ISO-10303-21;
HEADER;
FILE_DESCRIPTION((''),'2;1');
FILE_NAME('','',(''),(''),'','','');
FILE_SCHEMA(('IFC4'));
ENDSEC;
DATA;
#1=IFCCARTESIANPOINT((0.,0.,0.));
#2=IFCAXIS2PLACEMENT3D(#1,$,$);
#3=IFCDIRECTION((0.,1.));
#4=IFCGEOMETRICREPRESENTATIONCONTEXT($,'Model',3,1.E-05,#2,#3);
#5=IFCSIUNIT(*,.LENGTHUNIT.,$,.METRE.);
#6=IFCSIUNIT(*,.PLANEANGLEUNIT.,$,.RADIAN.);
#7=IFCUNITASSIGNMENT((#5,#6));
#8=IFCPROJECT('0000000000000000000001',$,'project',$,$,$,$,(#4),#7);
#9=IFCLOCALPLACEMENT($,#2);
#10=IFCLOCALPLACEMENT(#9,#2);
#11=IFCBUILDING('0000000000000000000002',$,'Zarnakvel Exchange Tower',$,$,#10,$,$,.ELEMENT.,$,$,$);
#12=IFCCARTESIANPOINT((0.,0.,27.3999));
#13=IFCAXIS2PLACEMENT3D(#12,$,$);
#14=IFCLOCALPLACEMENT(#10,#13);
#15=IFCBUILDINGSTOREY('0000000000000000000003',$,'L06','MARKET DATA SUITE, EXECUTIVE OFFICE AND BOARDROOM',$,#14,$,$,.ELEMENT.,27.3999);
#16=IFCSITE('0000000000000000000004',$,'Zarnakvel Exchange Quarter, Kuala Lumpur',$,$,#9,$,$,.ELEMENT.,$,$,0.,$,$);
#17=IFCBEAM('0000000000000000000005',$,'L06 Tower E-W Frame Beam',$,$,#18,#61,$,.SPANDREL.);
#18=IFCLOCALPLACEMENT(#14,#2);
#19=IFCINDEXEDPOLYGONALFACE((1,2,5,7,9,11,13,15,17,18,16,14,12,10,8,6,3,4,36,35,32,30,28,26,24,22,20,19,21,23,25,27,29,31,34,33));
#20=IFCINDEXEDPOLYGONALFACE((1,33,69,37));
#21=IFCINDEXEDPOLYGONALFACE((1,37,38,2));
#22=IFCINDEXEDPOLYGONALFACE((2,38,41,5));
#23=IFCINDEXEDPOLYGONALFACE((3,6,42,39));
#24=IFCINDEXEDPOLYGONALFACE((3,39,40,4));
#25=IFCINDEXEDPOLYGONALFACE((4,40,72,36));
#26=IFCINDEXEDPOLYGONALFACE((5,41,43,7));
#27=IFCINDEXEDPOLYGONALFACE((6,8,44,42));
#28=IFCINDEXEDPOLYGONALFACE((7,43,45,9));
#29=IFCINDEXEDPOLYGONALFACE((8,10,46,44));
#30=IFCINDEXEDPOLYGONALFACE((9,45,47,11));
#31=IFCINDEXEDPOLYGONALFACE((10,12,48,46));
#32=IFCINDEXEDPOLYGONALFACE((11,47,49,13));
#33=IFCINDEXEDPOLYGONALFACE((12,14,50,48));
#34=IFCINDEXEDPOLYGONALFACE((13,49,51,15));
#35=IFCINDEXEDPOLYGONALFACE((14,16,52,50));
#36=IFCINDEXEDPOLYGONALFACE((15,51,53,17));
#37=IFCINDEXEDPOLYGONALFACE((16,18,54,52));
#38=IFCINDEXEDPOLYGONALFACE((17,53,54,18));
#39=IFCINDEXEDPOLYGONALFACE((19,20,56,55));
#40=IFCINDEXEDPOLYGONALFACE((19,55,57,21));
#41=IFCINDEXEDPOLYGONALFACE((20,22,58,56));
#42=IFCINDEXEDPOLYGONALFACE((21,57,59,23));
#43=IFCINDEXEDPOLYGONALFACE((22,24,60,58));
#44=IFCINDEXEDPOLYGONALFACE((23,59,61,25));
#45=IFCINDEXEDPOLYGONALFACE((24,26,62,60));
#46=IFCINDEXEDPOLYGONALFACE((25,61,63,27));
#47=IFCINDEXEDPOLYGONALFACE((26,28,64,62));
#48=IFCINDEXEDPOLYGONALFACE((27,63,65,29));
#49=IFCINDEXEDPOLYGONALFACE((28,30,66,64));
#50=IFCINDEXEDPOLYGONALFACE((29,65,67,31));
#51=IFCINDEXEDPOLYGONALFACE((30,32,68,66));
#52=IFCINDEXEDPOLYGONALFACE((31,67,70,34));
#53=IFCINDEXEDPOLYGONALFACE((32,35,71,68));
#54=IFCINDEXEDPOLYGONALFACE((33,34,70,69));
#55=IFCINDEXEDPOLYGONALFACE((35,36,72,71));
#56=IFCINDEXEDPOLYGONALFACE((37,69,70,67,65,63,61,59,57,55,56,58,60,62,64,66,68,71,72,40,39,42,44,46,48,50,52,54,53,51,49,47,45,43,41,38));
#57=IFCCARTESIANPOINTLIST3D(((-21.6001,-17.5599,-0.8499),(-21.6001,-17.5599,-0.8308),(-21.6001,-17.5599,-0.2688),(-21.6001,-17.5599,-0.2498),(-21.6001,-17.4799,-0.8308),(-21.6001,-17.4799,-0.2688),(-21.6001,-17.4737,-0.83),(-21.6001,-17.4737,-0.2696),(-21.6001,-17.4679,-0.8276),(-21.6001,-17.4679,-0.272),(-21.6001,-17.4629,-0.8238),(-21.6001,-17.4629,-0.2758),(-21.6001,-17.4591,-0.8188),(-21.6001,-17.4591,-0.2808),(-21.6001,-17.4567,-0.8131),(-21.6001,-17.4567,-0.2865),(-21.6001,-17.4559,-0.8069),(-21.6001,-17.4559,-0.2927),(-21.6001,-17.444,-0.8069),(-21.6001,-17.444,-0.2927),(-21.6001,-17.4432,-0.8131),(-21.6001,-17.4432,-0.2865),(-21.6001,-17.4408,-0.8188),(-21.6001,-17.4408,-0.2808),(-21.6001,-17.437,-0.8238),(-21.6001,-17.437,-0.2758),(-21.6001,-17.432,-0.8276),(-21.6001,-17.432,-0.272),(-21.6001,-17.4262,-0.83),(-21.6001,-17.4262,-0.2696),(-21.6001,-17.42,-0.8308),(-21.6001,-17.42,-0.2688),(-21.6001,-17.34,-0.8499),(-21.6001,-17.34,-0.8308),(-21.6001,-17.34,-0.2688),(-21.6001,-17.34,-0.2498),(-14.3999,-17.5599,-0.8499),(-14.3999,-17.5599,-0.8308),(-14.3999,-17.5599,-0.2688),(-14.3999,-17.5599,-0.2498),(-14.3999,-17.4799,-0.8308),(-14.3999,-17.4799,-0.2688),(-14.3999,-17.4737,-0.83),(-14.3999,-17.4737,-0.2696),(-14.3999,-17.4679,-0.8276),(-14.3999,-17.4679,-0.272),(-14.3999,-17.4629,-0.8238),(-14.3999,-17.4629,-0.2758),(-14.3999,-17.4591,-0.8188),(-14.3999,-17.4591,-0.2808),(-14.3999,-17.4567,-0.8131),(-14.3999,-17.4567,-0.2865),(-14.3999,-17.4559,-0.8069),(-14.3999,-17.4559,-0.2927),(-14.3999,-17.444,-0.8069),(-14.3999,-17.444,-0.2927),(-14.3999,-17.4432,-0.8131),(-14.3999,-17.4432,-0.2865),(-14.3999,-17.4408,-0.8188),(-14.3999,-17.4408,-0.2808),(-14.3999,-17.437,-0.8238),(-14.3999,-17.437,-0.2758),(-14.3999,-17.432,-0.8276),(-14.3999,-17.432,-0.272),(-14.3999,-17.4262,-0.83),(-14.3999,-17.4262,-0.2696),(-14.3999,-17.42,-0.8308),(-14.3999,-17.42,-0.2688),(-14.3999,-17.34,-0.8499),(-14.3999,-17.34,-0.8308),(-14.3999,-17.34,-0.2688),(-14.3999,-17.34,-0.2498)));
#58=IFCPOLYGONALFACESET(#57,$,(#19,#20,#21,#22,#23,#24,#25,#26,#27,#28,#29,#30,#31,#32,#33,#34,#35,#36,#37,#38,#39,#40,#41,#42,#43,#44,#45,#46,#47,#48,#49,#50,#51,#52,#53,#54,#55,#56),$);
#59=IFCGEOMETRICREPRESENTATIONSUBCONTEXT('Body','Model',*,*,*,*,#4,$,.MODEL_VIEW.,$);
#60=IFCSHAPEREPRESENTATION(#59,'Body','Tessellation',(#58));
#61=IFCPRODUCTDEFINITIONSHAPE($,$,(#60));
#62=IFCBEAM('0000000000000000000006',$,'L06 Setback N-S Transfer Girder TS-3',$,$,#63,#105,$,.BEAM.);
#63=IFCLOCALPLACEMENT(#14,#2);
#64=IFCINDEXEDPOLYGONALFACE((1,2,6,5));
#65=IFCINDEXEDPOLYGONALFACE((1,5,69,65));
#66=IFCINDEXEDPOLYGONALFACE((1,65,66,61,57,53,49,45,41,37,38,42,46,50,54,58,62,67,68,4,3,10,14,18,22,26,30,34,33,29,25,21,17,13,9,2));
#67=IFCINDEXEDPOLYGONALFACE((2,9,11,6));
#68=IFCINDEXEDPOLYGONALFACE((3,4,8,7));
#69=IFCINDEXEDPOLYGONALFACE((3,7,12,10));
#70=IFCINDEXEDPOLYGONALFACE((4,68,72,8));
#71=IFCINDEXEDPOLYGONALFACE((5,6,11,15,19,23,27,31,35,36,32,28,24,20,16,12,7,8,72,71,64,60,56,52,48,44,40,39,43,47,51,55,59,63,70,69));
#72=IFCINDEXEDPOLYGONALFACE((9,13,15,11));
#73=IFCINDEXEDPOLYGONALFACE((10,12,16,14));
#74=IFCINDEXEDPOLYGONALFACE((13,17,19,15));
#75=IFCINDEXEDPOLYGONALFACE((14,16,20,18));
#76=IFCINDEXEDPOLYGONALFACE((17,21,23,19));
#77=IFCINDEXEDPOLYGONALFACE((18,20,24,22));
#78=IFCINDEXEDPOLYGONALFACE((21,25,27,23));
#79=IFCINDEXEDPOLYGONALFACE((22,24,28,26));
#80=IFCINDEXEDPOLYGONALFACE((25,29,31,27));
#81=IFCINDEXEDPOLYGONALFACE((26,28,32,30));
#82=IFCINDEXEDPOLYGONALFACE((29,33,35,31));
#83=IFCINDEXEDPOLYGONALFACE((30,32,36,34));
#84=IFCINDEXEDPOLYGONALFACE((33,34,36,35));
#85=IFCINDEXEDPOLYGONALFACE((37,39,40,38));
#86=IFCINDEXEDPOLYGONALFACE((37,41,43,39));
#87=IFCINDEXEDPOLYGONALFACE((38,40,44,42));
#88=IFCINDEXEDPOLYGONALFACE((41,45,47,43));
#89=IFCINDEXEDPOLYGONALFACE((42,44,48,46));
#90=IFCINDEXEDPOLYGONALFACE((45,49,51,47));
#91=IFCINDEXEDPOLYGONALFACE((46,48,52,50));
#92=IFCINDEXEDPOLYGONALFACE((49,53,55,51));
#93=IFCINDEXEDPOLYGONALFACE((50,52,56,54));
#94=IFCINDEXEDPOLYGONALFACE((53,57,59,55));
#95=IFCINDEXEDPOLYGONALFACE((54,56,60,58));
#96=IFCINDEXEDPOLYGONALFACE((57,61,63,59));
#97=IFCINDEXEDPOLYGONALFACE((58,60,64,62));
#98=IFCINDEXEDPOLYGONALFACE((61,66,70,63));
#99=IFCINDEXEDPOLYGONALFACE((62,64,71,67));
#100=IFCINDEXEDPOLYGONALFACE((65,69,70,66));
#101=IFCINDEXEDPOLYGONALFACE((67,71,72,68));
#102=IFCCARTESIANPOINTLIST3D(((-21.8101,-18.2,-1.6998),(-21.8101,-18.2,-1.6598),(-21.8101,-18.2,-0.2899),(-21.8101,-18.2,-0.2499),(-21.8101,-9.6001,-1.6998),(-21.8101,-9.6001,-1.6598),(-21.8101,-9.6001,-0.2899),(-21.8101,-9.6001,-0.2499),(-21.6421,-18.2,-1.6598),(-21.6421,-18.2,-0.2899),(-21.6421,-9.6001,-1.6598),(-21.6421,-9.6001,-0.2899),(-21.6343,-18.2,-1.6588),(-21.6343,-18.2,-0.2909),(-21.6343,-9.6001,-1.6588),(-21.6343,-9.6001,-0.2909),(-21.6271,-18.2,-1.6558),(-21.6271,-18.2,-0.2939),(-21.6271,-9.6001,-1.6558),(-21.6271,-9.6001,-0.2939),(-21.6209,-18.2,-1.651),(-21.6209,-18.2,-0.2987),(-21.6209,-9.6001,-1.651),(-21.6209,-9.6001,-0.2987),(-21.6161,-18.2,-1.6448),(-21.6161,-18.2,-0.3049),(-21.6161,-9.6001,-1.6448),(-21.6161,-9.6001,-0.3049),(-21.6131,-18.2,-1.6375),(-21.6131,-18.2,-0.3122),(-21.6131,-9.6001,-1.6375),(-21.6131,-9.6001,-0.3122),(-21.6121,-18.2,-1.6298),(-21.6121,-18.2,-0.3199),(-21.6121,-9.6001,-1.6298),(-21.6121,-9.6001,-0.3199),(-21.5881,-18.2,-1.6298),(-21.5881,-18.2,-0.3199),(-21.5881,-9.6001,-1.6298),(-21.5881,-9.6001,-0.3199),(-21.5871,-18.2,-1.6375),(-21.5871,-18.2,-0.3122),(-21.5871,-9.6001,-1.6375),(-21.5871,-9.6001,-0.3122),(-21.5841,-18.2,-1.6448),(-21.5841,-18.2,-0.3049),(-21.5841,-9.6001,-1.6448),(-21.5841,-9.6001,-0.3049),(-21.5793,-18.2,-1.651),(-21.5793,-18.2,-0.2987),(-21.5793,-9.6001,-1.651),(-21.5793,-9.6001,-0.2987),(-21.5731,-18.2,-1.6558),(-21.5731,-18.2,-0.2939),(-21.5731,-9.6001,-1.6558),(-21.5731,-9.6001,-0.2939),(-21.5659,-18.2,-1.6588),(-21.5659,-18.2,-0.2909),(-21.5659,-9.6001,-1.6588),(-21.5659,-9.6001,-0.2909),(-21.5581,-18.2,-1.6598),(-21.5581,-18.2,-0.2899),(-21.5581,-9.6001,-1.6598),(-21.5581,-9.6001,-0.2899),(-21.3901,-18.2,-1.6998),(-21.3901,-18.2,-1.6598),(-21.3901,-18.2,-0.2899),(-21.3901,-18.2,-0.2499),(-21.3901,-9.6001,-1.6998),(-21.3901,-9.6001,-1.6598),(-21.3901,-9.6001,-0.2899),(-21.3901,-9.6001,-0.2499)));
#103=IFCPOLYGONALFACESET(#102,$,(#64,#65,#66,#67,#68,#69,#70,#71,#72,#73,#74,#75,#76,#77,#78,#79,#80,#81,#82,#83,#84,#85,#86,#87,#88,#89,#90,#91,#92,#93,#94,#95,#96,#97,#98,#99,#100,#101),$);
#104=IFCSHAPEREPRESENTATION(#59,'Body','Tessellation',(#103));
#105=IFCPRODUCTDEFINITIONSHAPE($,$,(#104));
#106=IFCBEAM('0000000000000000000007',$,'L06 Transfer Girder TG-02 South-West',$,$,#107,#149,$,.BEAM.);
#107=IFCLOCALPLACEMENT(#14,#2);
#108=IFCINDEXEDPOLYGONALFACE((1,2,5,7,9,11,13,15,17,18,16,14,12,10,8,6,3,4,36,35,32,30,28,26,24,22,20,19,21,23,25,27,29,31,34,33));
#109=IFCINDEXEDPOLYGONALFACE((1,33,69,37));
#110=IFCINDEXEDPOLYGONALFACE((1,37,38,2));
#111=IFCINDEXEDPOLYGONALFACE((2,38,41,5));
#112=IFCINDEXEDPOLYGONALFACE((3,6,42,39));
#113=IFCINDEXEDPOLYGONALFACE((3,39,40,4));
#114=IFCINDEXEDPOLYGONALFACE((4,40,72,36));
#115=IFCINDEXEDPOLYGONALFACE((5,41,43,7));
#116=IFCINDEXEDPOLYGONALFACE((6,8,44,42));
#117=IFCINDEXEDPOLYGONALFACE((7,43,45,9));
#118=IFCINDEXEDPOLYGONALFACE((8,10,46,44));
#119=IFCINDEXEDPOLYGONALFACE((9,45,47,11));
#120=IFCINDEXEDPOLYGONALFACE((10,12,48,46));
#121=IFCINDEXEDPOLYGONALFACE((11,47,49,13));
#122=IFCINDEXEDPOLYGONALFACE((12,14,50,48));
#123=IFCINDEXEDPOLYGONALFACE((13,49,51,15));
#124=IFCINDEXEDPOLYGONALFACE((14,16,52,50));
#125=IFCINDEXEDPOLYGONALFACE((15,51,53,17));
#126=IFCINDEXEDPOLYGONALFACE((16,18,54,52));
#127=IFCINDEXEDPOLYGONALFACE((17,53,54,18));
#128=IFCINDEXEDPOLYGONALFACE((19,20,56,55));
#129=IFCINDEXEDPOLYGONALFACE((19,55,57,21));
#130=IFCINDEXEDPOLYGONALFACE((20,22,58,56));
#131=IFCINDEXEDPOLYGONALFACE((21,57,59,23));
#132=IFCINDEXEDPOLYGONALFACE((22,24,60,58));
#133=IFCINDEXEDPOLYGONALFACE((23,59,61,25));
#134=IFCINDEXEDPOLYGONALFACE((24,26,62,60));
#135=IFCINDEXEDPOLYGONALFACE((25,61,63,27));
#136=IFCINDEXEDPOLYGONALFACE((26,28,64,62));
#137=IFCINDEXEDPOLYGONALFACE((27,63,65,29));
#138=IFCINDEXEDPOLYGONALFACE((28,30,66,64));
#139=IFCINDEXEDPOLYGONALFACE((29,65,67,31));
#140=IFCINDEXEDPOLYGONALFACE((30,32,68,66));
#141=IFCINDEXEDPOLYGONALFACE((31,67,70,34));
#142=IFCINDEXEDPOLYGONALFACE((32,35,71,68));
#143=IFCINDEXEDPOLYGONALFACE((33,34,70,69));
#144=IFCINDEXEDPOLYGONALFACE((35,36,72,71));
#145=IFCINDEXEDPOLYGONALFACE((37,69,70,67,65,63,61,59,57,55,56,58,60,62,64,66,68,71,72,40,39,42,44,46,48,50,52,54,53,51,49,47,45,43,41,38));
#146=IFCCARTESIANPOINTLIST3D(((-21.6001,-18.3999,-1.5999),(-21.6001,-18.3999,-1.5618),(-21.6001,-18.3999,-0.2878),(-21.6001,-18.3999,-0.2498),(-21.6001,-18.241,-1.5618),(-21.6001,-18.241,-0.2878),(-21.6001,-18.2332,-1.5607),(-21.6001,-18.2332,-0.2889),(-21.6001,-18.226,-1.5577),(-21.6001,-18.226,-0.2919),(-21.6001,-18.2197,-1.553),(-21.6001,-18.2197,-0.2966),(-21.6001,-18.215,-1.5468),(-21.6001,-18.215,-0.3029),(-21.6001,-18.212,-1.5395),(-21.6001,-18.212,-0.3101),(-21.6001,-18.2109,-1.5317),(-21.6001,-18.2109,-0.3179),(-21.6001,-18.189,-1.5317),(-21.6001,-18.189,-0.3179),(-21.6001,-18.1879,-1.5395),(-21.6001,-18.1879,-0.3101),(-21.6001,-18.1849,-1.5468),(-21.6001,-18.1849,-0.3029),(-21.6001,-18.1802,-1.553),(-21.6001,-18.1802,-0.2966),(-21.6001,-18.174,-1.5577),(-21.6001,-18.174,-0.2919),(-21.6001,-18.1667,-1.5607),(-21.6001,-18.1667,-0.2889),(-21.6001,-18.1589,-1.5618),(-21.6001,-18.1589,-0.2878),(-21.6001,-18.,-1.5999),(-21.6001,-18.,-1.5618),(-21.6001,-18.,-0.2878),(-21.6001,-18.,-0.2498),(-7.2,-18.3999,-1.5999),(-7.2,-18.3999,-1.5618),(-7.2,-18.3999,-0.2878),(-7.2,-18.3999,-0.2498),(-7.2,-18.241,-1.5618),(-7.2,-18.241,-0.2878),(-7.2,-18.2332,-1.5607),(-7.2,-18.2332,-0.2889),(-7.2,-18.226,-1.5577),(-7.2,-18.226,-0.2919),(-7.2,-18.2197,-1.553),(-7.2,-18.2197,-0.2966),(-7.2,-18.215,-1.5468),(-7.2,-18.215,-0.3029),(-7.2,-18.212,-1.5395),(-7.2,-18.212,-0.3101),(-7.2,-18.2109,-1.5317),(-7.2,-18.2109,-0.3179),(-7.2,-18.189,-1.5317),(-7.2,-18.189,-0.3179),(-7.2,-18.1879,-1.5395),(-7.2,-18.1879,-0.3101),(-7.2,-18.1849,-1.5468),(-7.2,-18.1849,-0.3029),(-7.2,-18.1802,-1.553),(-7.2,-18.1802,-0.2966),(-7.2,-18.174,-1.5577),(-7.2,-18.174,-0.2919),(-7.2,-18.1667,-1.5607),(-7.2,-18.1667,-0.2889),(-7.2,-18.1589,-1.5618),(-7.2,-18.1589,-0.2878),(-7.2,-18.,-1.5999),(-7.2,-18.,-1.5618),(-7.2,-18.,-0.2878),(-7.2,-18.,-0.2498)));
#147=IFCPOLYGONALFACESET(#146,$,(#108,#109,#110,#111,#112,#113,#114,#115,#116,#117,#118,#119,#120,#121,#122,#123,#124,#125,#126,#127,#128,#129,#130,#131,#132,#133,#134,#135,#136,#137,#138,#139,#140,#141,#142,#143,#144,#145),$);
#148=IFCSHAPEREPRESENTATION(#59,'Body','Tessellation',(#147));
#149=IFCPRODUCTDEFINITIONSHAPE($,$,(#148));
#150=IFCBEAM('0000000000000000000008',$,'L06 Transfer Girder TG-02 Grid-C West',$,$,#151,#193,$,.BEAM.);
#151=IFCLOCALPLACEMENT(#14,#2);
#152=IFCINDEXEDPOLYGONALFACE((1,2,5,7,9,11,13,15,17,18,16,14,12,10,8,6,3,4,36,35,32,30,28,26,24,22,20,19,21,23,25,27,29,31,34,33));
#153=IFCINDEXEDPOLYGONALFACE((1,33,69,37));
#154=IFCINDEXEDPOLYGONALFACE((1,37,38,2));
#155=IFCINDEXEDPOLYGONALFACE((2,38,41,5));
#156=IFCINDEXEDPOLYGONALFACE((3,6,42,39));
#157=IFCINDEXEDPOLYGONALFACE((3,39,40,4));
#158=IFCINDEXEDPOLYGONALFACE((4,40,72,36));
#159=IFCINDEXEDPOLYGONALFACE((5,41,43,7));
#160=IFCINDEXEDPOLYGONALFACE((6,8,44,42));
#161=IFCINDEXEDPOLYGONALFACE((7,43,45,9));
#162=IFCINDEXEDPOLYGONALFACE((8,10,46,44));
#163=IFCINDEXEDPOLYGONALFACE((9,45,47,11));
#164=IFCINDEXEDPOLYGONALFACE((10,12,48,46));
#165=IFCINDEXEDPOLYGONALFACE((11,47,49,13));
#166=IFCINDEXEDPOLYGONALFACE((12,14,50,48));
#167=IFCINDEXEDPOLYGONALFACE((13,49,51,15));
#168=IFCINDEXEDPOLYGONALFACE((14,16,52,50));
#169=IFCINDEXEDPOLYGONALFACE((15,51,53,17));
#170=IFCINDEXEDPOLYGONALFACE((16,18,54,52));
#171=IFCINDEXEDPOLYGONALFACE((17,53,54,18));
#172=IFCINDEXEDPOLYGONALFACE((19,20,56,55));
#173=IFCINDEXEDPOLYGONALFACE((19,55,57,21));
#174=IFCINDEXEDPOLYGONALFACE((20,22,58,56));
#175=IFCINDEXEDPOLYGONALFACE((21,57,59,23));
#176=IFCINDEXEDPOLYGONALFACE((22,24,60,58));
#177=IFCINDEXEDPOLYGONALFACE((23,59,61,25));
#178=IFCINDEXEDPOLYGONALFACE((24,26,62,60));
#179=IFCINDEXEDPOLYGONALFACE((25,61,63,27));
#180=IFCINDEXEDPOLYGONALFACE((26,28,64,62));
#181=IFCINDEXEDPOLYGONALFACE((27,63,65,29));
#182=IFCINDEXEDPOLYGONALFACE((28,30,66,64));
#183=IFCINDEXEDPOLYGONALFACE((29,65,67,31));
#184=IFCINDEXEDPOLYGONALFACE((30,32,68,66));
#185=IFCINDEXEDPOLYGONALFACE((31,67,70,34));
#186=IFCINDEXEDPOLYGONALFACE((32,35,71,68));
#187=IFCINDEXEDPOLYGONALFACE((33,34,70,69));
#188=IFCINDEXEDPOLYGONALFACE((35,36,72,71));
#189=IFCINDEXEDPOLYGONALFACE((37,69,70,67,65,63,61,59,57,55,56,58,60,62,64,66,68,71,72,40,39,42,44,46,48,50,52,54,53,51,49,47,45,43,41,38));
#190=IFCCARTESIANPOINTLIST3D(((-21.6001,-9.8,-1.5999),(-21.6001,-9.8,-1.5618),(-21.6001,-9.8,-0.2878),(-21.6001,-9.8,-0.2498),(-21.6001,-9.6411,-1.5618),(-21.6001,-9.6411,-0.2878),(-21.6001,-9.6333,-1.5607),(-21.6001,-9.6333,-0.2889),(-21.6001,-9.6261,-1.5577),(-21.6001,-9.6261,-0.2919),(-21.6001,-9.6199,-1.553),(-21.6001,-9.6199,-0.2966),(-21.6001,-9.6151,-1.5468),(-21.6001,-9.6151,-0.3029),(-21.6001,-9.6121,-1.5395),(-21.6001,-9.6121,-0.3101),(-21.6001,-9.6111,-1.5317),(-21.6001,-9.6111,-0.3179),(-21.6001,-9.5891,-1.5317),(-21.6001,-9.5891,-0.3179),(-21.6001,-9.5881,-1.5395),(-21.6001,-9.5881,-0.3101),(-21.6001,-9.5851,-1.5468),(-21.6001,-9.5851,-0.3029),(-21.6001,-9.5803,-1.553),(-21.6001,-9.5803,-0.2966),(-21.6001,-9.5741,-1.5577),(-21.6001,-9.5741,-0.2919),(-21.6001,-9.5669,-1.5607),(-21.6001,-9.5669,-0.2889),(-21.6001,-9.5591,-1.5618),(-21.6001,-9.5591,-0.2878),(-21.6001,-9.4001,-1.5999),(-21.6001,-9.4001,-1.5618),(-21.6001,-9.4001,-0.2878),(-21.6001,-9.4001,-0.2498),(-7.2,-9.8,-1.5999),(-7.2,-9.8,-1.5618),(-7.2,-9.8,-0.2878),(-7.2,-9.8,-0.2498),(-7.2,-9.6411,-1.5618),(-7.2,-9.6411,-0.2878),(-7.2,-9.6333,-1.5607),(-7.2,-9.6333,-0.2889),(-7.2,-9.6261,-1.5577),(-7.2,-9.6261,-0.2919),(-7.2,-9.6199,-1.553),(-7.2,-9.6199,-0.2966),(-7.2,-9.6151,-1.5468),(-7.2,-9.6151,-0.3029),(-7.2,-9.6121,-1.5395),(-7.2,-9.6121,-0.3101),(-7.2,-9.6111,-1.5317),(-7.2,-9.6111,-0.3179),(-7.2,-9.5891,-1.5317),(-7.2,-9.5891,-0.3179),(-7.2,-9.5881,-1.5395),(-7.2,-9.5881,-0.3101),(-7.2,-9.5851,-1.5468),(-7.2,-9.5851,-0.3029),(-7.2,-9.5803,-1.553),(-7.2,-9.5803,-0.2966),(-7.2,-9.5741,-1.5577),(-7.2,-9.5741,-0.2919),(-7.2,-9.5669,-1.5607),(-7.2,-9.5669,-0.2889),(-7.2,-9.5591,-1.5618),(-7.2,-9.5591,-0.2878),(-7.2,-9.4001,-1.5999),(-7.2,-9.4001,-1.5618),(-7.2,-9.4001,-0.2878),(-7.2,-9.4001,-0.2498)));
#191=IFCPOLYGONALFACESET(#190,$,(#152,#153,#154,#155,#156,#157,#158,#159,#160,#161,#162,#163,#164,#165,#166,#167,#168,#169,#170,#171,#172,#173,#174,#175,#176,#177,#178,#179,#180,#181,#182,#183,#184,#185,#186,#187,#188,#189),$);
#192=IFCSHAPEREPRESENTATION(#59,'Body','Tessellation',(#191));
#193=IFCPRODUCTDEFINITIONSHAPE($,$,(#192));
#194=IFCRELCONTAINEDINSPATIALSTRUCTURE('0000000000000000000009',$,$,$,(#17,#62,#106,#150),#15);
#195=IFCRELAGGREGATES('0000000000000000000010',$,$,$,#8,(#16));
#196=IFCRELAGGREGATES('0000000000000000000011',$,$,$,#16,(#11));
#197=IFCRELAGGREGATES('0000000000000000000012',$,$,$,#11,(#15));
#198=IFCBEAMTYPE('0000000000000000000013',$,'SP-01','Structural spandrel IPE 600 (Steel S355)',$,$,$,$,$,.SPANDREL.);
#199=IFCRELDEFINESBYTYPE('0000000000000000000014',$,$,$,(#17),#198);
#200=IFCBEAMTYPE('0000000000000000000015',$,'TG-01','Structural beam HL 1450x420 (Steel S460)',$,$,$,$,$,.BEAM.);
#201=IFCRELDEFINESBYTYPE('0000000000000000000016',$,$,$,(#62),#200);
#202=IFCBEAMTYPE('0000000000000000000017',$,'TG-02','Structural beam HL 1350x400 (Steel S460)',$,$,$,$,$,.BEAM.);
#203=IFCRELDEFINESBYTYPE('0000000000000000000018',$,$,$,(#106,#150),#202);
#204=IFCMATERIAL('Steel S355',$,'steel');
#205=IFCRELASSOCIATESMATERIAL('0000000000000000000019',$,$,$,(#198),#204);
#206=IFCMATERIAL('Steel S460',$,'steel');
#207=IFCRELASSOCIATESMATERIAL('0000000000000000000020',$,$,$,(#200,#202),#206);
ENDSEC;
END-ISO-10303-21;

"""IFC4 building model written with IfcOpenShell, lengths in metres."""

from ifc_helpers import new_model, si_unit, direction, frame, origin, origin_2d, place, context, subcontext, project, spatial, i_section, extrude, material, material_profile, profile_set, type_object, element, save


model = new_model("IFC4")

# Units and contexts
model_context = context("Model", 3, precision=1e-05, world=origin(), true_north=direction((0.0, 1.0)))
body_context = subcontext(model_context, "Body", "Model", "MODEL_VIEW")
ifc_project = project(units=[si_unit("LENGTHUNIT", "METRE"), si_unit("PLANEANGLEUNIT", "RADIAN")], contexts=[model_context])

# Site, building, storey
site_placement = place(None, origin())
site = spatial("IfcSite", under=ifc_project, at=site_placement, Name="Zarnakvel Exchange Quarter, Kuala Lumpur", CompositionType="ELEMENT", RefElevation=0.0)
building_placement = place(site_placement, origin())
building = spatial("IfcBuilding", under=site, at=building_placement, Name="Zarnakvel Exchange Tower", CompositionType="ELEMENT")
storey_placement = place(building_placement, frame((0.0, 0.0, 27.3999)))
storey = spatial("IfcBuildingStorey", under=building, at=storey_placement, Name="L06", Description="MARKET DATA SUITE, EXECUTIVE OFFICE AND BOARDROOM", CompositionType="ELEMENT", Elevation=27.3999)

# Beams
ifc_material_1 = material(Name="Steel S355", Category="steel")
ifc_material_profile_1 = material_profile(ifc_material_1, i_section(OverallWidth=0.22, OverallDepth=0.6001, WebThickness=0.012, FlangeThickness=0.019, FilletRadius=0.0239, at=origin_2d()))
ifc_profile_set_1 = profile_set([ifc_material_profile_1], Name="Steel S355")
beam_type_1 = type_object("IfcBeamType", Name="SP-01", Description="Structural spandrel IPE 600 (Steel S355)", PredefinedType="SPANDREL", material=ifc_profile_set_1)
beam_1_placement = place(storey_placement, frame((-21.6001, -17.45, -0.5498), z_axis=(1.0, 0.0, 0.0), x_axis=(0.0, 1.0, 0.0)))
element("IfcBeam", 1, at=beam_1_placement, inside=storey, type_object=beam_type_1, Name="L06 Tower E-W Frame Beam", PredefinedType="SPANDREL", context=body_context, shape_type="SweptSolid", body=[
    extrude(i_section(OverallWidth=0.22, OverallDepth=0.6001, WebThickness=0.012, FlangeThickness=0.019, FilletRadius=0.0239, at=origin_2d()), origin(), (0.0, 0.0, 1.0), 7.2002),
])
ifc_material_2 = material(Name="Steel S460", Category="steel")
ifc_material_profile_2 = material_profile(ifc_material_2, i_section(OverallWidth=0.4199, OverallDepth=1.45, WebThickness=0.0239, FlangeThickness=0.04, FilletRadius=0.03, at=origin_2d()))
ifc_profile_set_2 = profile_set([ifc_material_profile_2], Name="Steel S460")
beam_type_2 = type_object("IfcBeamType", Name="TG-01", Description="Structural beam HL 1450x420 (Steel S460)", PredefinedType="BEAM", material=ifc_profile_set_2)
beam_2_placement = place(storey_placement, frame((-21.6001, -18.2, -0.9749), z_axis=(0.0, 1.0, 0.0), x_axis=(-1.0, 0.0, 0.0)))
element("IfcBeam", 2, at=beam_2_placement, inside=storey, type_object=beam_type_2, Name="L06 Setback N-S Transfer Girder TS-3", PredefinedType="BEAM", context=body_context, shape_type="SweptSolid", body=[
    extrude(i_section(OverallWidth=0.4199, OverallDepth=1.45, WebThickness=0.0239, FlangeThickness=0.04, FilletRadius=0.03, at=origin_2d()), origin(), (0.0, 0.0, 1.0), 8.5999),
])
ifc_material_profile_3 = material_profile(ifc_material_2, i_section(OverallWidth=0.3999, OverallDepth=1.3501, WebThickness=0.022, FlangeThickness=0.0381, FilletRadius=0.03, at=origin_2d()))
ifc_profile_set_3 = profile_set([ifc_material_profile_3], Name="Steel S460")
beam_type_3 = type_object("IfcBeamType", Name="TG-02", Description="Structural beam HL 1350x400 (Steel S460)", PredefinedType="BEAM", material=ifc_profile_set_3)
for number, where, z_axis, x_axis, name in (
    (3, (-21.6001, -18.2, -0.9248), (1.0, 0.0, 0.0), (0.0, 1.0, 0.0), "L06 Transfer Girder TG-02 South-West"),
    (4, (-21.6001, -9.6001, -0.9248), (1.0, 0.0, 0.0), (0.0, 1.0, 0.0), "L06 Transfer Girder TG-02 Grid-C West"),
):
    element("IfcBeam", number, at=place(storey_placement, frame(where, z_axis=z_axis, x_axis=x_axis)), inside=storey, type_object=beam_type_3, Name=name, PredefinedType="BEAM", context=body_context, shape_type="SweptSolid", body=[
        extrude(i_section(OverallWidth=0.3999, OverallDepth=1.3501, WebThickness=0.022, FlangeThickness=0.0381, FilletRadius=0.03, at=origin_2d()), origin(), (0.0, 0.0, 1.0), 14.4001),
    ])

save(model, "model.ifc")
